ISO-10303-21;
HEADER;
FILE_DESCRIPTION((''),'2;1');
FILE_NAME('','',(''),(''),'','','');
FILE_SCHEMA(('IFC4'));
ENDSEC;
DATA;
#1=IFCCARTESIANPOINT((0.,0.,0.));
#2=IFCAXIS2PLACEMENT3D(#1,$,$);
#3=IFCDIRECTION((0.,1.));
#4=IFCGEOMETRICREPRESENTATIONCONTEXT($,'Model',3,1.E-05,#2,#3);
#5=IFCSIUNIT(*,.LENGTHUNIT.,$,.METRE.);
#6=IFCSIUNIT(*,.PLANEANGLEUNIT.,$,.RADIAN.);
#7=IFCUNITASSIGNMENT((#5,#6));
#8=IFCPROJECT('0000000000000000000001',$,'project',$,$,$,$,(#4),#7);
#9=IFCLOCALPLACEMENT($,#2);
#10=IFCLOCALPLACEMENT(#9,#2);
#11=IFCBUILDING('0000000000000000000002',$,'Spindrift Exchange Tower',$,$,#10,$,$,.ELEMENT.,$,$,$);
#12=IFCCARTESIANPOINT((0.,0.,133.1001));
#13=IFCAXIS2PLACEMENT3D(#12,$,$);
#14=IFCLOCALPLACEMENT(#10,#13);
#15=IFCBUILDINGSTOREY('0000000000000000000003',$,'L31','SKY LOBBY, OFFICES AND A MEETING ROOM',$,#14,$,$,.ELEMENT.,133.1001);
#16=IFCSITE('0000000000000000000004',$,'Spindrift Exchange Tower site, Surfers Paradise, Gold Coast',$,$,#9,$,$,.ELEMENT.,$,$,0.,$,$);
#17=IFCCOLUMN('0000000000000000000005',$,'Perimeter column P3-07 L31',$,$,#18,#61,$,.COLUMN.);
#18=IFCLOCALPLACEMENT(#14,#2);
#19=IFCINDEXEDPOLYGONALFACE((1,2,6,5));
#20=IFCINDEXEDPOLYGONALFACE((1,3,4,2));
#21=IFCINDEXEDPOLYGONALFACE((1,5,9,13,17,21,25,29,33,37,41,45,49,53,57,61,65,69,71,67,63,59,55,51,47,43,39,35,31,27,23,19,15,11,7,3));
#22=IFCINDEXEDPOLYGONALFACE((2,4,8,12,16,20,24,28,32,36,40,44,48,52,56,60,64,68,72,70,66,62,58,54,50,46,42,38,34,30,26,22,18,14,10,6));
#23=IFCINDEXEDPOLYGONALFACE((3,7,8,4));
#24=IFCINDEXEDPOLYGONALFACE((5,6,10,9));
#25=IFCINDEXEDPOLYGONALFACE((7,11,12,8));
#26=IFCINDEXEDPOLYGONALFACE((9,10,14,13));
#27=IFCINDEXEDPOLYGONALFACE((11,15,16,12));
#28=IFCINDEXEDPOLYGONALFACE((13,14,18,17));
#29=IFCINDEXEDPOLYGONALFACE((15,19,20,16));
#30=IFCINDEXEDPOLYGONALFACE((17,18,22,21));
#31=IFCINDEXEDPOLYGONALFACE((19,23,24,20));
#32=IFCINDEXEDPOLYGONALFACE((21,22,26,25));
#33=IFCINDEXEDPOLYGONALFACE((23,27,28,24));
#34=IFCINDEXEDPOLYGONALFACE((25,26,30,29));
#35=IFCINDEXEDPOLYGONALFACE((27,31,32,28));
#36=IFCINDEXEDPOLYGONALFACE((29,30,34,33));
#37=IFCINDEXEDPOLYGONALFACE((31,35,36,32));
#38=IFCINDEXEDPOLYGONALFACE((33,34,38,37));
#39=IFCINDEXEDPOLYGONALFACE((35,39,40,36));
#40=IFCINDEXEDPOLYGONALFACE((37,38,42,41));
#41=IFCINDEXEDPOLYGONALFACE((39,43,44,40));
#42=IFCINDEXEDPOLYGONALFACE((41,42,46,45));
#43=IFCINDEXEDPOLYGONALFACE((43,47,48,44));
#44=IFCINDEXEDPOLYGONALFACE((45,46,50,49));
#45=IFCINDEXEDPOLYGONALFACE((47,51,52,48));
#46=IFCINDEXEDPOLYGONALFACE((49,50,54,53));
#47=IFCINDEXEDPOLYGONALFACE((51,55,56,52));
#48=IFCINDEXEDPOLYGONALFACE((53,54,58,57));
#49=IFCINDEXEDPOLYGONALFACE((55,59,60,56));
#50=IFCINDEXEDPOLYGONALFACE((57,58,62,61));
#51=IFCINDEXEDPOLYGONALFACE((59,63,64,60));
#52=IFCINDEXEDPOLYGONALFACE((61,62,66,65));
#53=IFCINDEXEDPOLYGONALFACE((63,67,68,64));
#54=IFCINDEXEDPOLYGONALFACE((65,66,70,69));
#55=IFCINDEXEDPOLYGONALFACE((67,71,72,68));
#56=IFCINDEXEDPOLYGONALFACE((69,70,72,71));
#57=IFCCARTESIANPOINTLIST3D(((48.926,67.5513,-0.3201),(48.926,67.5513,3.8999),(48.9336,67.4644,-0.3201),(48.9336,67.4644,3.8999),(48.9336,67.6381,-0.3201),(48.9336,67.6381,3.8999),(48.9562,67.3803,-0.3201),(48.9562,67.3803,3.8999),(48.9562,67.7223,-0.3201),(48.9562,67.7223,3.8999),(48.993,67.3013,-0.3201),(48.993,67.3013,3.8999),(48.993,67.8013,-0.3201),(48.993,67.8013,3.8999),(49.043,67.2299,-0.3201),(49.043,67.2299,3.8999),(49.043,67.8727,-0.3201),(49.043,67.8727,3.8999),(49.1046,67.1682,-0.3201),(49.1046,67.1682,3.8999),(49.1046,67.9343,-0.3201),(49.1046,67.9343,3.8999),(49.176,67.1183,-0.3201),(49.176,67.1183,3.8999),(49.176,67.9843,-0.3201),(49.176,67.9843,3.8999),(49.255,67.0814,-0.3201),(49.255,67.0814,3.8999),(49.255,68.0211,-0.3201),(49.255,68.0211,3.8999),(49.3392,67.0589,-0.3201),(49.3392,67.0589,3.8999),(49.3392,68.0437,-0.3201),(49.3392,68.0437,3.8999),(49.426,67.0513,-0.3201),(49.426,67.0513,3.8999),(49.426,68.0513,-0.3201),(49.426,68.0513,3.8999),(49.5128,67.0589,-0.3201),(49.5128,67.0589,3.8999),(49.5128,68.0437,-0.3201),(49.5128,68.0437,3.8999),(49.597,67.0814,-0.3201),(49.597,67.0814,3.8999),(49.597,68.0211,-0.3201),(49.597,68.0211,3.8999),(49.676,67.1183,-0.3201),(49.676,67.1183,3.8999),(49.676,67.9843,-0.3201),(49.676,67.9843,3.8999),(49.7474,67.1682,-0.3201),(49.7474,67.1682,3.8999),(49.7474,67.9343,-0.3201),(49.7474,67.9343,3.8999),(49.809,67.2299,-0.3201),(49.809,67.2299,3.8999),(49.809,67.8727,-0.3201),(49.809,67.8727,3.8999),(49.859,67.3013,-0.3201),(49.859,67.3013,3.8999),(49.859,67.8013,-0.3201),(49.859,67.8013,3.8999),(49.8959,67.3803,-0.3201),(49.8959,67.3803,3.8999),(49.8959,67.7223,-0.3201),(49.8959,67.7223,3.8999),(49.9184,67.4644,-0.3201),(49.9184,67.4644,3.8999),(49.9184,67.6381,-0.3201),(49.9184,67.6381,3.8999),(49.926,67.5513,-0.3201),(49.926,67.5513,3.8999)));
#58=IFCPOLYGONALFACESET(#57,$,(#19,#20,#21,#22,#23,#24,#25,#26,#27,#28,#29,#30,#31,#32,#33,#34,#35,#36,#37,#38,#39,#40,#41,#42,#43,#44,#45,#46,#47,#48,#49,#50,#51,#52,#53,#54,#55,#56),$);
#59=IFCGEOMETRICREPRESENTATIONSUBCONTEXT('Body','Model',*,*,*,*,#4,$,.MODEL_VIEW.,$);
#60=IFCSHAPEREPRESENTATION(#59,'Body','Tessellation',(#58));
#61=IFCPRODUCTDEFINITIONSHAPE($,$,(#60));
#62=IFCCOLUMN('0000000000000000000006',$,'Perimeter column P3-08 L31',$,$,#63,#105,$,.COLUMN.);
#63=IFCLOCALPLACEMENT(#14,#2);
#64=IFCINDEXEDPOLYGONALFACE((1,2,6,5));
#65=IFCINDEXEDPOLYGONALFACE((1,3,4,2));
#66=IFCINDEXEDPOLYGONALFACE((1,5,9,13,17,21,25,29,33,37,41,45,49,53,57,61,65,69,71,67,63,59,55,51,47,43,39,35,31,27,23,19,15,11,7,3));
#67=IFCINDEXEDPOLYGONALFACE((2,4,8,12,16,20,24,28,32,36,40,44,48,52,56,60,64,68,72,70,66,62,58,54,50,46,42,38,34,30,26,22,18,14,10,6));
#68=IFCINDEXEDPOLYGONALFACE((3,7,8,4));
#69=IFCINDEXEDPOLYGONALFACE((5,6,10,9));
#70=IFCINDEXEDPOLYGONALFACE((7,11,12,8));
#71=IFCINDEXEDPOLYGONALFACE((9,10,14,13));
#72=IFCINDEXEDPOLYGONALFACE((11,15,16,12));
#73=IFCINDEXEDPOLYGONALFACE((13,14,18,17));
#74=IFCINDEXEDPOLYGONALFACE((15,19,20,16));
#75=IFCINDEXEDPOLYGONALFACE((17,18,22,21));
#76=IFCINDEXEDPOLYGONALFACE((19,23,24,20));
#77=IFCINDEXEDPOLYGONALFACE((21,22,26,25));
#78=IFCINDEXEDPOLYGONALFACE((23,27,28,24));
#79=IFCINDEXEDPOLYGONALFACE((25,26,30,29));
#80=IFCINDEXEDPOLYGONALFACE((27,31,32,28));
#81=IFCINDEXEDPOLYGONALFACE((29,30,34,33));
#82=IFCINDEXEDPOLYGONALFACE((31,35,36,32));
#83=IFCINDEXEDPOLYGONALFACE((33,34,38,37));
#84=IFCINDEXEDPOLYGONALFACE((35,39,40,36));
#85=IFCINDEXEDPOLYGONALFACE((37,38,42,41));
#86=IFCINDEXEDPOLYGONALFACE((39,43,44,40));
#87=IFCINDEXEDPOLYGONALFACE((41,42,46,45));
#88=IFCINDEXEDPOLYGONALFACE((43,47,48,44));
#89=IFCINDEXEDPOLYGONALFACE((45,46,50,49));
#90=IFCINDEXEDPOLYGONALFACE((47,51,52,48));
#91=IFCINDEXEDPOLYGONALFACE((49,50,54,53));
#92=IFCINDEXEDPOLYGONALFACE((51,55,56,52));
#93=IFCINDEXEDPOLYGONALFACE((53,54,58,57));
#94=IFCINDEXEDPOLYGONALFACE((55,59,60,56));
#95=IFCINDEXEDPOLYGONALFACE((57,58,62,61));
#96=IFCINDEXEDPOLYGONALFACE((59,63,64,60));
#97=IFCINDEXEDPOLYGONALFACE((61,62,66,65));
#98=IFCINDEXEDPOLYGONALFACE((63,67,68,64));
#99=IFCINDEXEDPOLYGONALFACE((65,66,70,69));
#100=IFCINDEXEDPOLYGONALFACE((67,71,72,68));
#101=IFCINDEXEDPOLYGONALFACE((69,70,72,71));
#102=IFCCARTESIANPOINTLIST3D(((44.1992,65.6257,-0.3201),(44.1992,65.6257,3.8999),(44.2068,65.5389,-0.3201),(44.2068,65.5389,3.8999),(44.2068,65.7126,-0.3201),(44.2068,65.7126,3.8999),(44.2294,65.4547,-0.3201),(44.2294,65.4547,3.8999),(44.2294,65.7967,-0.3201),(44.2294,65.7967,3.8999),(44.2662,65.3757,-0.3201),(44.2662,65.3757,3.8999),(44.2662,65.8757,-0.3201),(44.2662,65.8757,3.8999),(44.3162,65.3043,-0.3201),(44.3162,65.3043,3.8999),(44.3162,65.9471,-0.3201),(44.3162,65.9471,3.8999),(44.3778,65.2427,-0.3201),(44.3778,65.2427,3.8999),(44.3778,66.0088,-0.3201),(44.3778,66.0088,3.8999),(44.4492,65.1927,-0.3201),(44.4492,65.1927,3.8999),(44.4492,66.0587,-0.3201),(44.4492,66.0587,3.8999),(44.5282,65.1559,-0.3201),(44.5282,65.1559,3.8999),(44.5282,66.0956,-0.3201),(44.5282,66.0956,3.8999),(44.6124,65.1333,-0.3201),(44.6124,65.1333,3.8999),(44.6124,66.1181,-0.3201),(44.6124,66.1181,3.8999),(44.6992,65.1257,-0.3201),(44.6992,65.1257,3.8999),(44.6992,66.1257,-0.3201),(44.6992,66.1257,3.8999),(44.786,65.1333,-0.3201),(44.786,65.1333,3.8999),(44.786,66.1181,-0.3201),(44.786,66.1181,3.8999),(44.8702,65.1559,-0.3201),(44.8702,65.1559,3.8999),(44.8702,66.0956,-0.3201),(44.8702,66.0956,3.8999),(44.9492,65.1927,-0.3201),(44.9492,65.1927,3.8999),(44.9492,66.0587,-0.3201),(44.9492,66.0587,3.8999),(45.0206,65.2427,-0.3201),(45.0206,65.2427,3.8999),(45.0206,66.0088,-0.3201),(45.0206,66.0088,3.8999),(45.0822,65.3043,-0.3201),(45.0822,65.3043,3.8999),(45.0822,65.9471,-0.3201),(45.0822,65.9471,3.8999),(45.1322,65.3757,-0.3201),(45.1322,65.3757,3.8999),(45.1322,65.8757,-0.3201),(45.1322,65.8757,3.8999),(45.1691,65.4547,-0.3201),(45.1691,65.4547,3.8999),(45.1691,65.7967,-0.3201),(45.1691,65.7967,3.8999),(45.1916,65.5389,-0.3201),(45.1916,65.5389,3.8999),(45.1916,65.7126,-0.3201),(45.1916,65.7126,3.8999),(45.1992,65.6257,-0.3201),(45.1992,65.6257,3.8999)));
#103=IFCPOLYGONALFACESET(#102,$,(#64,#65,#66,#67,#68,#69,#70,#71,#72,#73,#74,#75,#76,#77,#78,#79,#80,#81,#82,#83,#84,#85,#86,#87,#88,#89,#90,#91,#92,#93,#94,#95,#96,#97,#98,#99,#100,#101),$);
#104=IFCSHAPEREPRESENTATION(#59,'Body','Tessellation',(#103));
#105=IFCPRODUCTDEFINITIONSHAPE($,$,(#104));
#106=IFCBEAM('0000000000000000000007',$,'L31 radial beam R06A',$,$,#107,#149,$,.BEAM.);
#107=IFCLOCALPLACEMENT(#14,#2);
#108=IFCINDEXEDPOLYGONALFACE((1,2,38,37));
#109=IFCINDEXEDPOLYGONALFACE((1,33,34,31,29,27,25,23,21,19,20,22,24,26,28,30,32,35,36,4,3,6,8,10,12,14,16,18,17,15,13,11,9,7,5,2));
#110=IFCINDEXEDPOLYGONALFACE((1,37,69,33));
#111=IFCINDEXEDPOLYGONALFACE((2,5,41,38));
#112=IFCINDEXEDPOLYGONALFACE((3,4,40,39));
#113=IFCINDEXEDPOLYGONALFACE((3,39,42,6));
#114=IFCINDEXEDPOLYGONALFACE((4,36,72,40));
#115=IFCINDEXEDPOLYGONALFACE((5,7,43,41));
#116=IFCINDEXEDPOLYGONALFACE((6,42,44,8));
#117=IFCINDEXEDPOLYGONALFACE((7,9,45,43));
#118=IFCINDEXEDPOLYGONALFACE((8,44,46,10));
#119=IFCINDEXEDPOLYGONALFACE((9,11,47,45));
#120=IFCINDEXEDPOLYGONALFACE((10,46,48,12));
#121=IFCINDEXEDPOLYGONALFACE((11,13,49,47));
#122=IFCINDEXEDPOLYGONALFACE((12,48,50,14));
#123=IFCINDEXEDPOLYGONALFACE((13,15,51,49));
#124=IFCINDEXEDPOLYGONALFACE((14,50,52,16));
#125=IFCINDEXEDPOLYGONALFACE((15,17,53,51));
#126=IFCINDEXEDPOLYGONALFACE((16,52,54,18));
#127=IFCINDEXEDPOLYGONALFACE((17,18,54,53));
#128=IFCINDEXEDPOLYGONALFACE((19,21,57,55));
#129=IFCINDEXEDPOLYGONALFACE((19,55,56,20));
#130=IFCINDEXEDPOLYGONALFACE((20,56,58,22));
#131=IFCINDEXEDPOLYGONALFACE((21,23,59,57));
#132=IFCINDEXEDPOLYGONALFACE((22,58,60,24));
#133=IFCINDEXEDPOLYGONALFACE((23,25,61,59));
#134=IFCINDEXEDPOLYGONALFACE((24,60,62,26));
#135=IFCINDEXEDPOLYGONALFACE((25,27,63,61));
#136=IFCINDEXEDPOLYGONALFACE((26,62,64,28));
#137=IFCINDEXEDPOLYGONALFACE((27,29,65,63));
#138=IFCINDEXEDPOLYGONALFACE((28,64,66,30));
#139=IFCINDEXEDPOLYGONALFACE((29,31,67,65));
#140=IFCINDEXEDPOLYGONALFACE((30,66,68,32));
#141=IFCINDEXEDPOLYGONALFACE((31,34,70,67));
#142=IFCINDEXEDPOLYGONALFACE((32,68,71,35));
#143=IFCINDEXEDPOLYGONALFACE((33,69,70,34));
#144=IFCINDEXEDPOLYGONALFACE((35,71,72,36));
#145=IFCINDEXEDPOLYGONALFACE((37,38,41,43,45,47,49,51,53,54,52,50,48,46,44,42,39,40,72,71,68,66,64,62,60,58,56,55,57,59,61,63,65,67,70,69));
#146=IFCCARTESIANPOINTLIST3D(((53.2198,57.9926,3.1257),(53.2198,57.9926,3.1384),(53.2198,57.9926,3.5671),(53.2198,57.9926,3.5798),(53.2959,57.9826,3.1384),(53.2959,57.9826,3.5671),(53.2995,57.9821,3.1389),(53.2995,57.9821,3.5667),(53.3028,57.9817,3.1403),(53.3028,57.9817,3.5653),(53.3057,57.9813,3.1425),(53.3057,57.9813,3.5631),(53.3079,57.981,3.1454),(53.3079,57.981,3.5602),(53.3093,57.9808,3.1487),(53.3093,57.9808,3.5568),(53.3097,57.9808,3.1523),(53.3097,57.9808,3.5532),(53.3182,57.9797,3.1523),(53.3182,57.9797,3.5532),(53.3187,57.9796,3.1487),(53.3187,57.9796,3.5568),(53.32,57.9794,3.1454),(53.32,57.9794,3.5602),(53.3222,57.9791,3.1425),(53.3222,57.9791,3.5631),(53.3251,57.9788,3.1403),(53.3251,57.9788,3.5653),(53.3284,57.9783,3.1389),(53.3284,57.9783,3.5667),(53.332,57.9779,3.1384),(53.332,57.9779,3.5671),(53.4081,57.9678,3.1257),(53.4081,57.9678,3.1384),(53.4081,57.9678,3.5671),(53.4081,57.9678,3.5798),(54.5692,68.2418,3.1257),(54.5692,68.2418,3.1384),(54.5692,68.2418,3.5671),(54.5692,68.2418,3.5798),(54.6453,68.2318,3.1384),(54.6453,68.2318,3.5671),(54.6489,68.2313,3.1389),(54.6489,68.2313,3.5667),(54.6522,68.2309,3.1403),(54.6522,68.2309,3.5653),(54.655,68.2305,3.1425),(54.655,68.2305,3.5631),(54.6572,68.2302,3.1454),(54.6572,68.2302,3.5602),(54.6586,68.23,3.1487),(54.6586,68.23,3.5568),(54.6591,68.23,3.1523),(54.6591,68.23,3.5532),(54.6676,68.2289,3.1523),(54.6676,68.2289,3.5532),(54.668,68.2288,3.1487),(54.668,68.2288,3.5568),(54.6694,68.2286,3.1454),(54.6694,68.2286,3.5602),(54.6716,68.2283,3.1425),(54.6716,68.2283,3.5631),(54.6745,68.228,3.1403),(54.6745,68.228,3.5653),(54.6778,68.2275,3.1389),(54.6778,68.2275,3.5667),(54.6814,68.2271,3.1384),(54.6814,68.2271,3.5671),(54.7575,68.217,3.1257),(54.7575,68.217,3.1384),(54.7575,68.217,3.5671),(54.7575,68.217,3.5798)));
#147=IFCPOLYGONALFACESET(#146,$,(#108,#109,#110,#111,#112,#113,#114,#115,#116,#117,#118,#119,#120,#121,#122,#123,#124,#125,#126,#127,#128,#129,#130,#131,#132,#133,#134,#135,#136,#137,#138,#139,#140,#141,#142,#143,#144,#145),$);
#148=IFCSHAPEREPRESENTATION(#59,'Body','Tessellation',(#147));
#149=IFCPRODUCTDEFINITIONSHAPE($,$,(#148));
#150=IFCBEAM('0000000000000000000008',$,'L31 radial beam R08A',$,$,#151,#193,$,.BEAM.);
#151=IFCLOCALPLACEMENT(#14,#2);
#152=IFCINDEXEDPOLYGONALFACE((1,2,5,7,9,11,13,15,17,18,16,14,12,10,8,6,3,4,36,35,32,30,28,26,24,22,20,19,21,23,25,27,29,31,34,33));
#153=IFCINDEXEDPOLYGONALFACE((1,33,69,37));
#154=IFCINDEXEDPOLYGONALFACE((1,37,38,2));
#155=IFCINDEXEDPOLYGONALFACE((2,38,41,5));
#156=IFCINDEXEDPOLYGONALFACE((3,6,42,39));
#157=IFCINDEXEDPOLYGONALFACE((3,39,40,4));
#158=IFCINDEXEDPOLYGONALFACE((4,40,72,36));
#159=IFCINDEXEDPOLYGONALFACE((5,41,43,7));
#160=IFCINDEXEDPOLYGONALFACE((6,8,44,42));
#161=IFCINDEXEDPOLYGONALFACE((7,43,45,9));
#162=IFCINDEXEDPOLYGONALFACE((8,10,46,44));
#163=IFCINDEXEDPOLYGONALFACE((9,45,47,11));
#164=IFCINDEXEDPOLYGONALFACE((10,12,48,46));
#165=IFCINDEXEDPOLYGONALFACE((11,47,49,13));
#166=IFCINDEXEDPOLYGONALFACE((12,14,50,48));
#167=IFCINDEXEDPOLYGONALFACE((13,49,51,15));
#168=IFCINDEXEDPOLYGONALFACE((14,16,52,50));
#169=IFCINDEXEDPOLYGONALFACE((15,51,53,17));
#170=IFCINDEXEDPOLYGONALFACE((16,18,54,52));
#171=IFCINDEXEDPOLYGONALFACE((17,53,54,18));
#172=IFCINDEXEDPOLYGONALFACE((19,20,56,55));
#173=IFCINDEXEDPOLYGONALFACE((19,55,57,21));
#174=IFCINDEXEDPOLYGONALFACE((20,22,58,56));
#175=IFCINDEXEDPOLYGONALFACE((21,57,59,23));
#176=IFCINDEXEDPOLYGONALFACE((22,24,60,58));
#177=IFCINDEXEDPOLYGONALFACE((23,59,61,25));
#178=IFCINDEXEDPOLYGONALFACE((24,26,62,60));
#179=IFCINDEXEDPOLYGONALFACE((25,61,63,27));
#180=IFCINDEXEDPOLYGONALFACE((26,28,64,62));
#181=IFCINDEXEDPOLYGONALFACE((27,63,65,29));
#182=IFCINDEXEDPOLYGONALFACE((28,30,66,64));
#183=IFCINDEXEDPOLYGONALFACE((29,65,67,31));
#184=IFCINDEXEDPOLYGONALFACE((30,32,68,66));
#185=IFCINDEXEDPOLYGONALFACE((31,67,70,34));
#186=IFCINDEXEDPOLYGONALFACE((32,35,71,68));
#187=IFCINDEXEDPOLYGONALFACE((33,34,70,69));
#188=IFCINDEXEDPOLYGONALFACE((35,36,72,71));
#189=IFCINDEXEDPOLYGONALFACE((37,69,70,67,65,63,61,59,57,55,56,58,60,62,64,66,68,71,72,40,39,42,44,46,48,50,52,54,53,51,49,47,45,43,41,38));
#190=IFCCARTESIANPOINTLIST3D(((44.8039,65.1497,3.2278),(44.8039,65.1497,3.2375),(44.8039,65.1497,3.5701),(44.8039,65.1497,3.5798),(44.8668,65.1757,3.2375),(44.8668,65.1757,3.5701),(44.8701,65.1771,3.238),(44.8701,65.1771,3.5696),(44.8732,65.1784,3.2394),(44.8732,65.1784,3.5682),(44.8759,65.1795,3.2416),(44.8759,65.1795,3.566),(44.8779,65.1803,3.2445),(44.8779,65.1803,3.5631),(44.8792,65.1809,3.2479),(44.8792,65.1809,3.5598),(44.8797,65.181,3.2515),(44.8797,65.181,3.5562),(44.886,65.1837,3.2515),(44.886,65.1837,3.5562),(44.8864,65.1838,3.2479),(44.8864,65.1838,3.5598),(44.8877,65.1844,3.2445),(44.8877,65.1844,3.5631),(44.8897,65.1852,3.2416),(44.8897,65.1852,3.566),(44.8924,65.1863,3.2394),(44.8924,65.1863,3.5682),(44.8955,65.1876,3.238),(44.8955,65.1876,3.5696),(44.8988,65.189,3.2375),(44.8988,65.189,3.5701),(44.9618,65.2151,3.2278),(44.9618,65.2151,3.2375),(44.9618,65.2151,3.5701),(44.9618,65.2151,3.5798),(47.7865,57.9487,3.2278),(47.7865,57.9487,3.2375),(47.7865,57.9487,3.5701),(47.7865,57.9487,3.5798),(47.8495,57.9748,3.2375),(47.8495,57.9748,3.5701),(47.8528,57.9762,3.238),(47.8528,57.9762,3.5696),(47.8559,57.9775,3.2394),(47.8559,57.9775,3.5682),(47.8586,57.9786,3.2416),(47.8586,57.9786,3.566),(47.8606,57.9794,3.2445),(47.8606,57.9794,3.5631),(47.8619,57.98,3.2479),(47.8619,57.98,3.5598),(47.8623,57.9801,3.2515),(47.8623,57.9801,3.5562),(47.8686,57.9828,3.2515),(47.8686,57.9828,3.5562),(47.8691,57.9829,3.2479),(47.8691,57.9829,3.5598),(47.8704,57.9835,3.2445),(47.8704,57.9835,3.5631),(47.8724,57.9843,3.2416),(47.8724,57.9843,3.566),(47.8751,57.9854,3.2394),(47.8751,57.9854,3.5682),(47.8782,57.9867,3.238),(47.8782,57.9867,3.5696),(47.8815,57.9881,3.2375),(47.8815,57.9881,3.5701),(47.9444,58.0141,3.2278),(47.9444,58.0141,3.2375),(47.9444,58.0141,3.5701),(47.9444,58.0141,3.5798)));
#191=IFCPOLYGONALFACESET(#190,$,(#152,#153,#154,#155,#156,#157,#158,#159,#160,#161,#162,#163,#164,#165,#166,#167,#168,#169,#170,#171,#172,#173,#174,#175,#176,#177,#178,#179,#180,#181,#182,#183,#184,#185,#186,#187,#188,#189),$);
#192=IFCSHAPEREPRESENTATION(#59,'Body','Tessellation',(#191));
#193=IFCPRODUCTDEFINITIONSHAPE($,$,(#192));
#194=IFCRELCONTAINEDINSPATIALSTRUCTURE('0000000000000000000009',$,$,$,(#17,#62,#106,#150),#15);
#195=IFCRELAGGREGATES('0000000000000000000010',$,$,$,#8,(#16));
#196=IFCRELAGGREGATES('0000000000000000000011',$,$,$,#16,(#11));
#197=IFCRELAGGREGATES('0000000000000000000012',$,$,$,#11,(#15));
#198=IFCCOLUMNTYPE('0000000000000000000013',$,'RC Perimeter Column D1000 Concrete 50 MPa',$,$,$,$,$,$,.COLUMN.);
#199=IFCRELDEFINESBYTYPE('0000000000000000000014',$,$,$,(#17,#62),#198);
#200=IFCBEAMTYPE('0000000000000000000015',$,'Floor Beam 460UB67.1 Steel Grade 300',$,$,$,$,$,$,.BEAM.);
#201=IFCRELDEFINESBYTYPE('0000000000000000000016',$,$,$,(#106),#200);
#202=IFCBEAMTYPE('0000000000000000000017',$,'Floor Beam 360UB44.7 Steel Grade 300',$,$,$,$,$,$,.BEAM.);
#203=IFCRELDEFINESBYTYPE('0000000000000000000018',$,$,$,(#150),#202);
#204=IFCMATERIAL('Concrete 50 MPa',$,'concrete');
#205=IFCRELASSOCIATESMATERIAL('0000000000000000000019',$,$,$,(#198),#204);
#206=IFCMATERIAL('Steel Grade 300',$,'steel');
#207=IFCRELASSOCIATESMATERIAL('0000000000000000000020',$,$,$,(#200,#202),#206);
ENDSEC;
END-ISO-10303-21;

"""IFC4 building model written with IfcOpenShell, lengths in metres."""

from ifc_helpers import new_model, si_unit, direction, frame, origin, origin_2d, place, context, subcontext, project, spatial, circle, i_section, extrude, source, transform, mapped, material, material_profile, profile_set, type_object, element, save


model = new_model("IFC4")

# Units and contexts
model_context = context("Model", 3, precision=1e-05, world=origin(), true_north=direction((0.0, 1.0)))
body_context = subcontext(model_context, "Body", "Model", "MODEL_VIEW")
ifc_project = project(units=[si_unit("LENGTHUNIT", "METRE"), si_unit("PLANEANGLEUNIT", "RADIAN")], contexts=[model_context])

# Site, building, storey
site_placement = place(None, origin())
site = spatial("IfcSite", under=ifc_project, at=site_placement, Name="Spindrift Exchange Tower site, Surfers Paradise, Gold Coast", CompositionType="ELEMENT", RefElevation=0.0)
building_placement = place(site_placement, origin())
building = spatial("IfcBuilding", under=site, at=building_placement, Name="Spindrift Exchange Tower", CompositionType="ELEMENT")
storey_placement = place(building_placement, frame((0.0, 0.0, 133.1001)))
storey = spatial("IfcBuildingStorey", under=building, at=storey_placement, Name="L31", Description="SKY LOBBY, OFFICES AND A MEETING ROOM", CompositionType="ELEMENT", Elevation=133.1001)

# Columns
ifc_material_1 = material(Name="Concrete 50 MPa", Category="concrete")
ifc_material_profile_1 = material_profile(ifc_material_1, circle(Radius=0.5, at=origin_2d()), Name="RC D1000")
ifc_profile_set_1 = profile_set([ifc_material_profile_1], Name="Concrete 50 MPa")
column_type = type_object("IfcColumnType", Name="RC Perimeter Column D1000 Concrete 50 MPa", PredefinedType="COLUMN", material=ifc_profile_set_1)
shared_shape_1 = source(origin(), body_context, "Body", "SweptSolid", [
    extrude(circle(Radius=0.5, at=origin_2d()), origin(), (0.0, 0.0, 1.0), 4.22),
])
for number, where, z_axis, x_axis, name in (
    (1, (49.426, 67.5513, -0.3201), (0.0, 0.0, 1.0), (1.0, 0.0, 0.0), "Perimeter column P3-07 L31"),
    (2, (44.6992, 65.6257, -0.3201), (0.0, 0.0, 1.0), (1.0, 0.0, 0.0), "Perimeter column P3-08 L31"),
):
    element("IfcColumn", number, at=place(storey_placement, frame(where, z_axis=z_axis, x_axis=x_axis)), inside=storey, type_object=column_type, Name=name, PredefinedType="COLUMN", context=body_context, shape_type="MappedRepresentation", body=[
        mapped(shared_shape_1, transform((0.0, 0.0, 0.0), scale=1.0)),
    ])

# Beams
ifc_material_2 = material(Name="Steel Grade 300", Category="steel")
ifc_material_profile_2 = material_profile(ifc_material_2, i_section(OverallWidth=0.1899, OverallDepth=0.4541, WebThickness=0.0085, FlangeThickness=0.0127, FilletRadius=0.0139, at=origin_2d()), Name="460UB67.1")
ifc_profile_set_2 = profile_set([ifc_material_profile_2], Name="Steel Grade 300")
beam_type_1 = type_object("IfcBeamType", Name="Floor Beam 460UB67.1 Steel Grade 300", PredefinedType="BEAM", material=ifc_profile_set_2)
shared_shape_2 = source(origin(), body_context, "Body", "SweptSolid", [
    extrude(i_section(OverallWidth=0.1899, OverallDepth=0.4541, WebThickness=0.0085, FlangeThickness=0.0127, FilletRadius=0.0139, at=origin_2d()), origin(), (0.0, 0.0, 1.0), 10.3376),
])
beam_1_placement = place(storey_placement, frame((53.314, 57.9802, 3.3528), z_axis=(0.130528, 0.991445, 0.0), x_axis=(-0.991445, 0.130528, 0.0)))
element("IfcBeam", 3, at=beam_1_placement, inside=storey, type_object=beam_type_1, Name="L31 radial beam R06A", PredefinedType="BEAM", context=body_context, shape_type="MappedRepresentation", body=[
    mapped(shared_shape_2, transform((0.0, 0.0, 0.0), scale=1.0)),
])
ifc_material_profile_3 = material_profile(ifc_material_2, i_section(OverallWidth=0.1709, OverallDepth=0.3521, WebThickness=0.0068, FlangeThickness=0.0098, FilletRadius=0.0139, at=origin_2d()), Name="360UB44.7")
ifc_profile_set_3 = profile_set([ifc_material_profile_3], Name="Steel Grade 300")
beam_type_2 = type_object("IfcBeamType", Name="Floor Beam 360UB44.7 Steel Grade 300", PredefinedType="BEAM", material=ifc_profile_set_3)
shared_shape_3 = source(origin(), body_context, "Body", "SweptSolid", [
    extrude(i_section(OverallWidth=0.1709, OverallDepth=0.3521, WebThickness=0.0068, FlangeThickness=0.0098, FilletRadius=0.0139, at=origin_2d()), origin(), (0.0, 0.0, 1.0), 7.7942),
])
beam_2_placement = place(storey_placement, frame((47.8655, 57.9814, 3.4038), z_axis=(-0.382677, 0.923882, 0.0), x_axis=(-0.923882, -0.382677, 0.0)))
element("IfcBeam", 4, at=beam_2_placement, inside=storey, type_object=beam_type_2, Name="L31 radial beam R08A", PredefinedType="BEAM", context=body_context, shape_type="MappedRepresentation", body=[
    mapped(shared_shape_3, transform((0.0, 0.0, 0.0), scale=1.0)),
])

save(model, "model.ifc")
